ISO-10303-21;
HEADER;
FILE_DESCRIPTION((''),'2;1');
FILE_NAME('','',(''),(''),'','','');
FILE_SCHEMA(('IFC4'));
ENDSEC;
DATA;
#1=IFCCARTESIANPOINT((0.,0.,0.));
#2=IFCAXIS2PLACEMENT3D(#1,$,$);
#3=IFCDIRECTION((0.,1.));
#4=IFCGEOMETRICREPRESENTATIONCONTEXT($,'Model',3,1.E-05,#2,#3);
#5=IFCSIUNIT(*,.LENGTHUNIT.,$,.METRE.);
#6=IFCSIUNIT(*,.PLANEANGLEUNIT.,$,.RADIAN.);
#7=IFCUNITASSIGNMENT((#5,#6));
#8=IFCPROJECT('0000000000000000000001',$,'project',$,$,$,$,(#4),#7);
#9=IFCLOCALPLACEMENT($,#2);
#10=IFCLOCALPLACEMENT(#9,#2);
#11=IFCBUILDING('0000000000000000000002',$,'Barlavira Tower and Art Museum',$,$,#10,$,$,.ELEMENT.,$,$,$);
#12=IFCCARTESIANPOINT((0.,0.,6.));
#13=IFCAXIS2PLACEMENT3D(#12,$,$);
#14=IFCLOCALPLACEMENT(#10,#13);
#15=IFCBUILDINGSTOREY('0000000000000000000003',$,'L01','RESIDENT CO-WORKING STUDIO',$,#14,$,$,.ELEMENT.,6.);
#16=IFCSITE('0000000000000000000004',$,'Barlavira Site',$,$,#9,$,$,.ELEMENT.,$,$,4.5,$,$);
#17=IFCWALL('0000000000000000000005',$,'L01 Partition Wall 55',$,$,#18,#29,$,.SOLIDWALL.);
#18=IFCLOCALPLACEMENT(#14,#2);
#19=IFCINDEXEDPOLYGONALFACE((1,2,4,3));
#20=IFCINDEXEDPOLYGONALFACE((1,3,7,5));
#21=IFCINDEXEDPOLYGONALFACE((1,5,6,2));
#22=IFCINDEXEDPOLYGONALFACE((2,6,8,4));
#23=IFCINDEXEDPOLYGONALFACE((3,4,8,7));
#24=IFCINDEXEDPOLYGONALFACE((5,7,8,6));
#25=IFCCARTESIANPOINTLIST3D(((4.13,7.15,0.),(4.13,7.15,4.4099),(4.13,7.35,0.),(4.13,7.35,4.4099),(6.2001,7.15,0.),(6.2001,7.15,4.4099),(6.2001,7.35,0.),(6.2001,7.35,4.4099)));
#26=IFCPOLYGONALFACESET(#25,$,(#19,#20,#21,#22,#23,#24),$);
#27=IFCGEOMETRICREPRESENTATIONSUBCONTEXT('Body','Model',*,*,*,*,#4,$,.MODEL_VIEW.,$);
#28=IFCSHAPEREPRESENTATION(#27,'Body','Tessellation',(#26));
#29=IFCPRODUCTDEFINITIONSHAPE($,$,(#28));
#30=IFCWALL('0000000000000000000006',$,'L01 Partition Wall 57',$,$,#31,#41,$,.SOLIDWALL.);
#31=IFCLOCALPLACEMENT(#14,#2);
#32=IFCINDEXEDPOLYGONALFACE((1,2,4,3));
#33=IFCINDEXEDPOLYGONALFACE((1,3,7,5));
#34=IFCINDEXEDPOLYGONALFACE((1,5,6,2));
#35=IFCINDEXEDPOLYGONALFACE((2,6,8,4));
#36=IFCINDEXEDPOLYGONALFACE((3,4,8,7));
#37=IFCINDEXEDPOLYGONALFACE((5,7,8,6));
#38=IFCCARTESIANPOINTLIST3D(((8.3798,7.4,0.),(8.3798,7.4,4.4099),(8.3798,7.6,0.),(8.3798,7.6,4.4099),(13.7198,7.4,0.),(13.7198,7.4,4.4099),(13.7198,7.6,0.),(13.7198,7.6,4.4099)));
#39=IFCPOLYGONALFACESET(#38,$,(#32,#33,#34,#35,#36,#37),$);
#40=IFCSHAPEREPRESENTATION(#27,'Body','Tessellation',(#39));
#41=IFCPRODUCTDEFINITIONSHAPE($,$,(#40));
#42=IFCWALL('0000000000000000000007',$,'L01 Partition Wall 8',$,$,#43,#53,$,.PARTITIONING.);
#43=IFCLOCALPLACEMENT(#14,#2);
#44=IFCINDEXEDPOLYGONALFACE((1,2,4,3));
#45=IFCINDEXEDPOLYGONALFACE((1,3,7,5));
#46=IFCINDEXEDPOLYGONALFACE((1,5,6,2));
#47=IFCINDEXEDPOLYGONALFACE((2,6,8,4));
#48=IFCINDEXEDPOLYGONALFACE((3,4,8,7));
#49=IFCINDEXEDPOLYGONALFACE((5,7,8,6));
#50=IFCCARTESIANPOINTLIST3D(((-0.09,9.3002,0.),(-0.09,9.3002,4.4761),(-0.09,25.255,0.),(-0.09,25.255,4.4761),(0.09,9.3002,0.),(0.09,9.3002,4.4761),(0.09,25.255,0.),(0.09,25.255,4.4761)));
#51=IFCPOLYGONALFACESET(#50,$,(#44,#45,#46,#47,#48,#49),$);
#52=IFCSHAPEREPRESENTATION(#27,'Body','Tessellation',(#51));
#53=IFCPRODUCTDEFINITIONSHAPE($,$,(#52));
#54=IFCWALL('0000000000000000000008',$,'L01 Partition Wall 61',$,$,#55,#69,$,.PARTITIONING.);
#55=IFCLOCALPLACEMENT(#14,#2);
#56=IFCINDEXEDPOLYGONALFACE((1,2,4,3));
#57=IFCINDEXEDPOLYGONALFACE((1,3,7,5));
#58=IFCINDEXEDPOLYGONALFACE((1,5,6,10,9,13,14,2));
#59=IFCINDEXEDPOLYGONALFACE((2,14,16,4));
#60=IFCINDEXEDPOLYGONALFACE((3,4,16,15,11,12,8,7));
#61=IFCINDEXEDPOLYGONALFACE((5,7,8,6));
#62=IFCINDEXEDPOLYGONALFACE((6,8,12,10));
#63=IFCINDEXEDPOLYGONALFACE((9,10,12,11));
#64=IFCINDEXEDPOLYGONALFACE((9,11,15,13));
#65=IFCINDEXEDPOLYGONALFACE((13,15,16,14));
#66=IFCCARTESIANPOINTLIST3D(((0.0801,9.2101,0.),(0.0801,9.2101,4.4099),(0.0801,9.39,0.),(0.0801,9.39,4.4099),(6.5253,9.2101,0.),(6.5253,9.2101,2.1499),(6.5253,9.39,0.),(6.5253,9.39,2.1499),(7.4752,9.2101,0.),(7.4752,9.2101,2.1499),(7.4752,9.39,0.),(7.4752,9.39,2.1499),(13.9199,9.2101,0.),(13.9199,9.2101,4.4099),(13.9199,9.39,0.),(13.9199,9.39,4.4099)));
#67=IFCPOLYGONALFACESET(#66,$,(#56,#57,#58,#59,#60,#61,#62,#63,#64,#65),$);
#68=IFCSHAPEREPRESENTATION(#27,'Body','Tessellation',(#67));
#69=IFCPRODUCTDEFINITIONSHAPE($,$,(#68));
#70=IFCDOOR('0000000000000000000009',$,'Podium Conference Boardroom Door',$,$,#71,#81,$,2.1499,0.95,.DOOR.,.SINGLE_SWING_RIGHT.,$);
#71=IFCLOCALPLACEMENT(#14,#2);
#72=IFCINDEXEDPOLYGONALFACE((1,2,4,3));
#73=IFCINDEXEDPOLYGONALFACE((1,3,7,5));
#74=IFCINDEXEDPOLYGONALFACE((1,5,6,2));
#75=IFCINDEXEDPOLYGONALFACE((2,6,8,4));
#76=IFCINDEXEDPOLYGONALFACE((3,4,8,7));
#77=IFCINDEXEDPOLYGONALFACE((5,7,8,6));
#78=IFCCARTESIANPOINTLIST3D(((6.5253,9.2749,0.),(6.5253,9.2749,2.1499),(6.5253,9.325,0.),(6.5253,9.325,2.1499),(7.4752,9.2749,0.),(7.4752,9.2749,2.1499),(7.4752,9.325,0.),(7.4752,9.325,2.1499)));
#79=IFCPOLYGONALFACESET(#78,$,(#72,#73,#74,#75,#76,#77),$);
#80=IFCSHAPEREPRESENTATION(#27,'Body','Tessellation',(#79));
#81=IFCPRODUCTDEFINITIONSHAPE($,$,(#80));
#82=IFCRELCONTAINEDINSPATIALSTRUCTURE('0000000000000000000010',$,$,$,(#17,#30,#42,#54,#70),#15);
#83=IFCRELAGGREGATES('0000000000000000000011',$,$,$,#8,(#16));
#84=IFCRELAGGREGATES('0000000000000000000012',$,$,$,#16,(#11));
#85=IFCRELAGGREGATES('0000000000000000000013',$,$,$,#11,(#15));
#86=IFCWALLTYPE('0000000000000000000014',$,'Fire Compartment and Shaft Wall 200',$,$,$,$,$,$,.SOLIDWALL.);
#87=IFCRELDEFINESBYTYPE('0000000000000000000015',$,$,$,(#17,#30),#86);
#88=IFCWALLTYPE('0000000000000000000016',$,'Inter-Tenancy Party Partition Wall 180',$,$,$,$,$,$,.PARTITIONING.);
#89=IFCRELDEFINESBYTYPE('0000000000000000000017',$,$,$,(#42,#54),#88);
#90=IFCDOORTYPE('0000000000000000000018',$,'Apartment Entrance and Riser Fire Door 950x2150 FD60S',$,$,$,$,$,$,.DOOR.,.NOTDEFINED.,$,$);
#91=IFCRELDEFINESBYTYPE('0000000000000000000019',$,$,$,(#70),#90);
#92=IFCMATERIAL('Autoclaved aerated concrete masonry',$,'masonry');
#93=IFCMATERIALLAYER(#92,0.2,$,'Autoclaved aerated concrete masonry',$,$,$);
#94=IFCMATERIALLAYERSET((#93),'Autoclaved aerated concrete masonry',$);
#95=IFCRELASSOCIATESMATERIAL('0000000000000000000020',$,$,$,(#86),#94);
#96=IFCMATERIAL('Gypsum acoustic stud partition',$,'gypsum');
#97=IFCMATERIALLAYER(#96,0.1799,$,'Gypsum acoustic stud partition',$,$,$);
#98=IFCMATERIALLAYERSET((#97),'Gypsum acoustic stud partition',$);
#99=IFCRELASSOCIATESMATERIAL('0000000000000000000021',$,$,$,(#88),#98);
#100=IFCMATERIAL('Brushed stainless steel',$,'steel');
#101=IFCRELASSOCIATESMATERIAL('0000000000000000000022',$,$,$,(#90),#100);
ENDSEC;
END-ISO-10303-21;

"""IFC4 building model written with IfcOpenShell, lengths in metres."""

from ifc_helpers import new_model, si_unit, direction, frame, frame_2d, origin, place, context, subcontext, project, spatial, rectangle, extrude, material, layer, layer_set, type_object, element, fill, save


model = new_model("IFC4")

# Units and contexts
model_context = context("Model", 3, precision=1e-05, world=origin(), true_north=direction((0.0, 1.0)))
body_context = subcontext(model_context, "Body", "Model", "MODEL_VIEW")
ifc_project = project(units=[si_unit("LENGTHUNIT", "METRE"), si_unit("PLANEANGLEUNIT", "RADIAN")], contexts=[model_context])

# Site, building, storey
site_placement = place(None, origin())
site = spatial("IfcSite", under=ifc_project, at=site_placement, Name="Barlavira Site", CompositionType="ELEMENT", RefElevation=4.5)
building_placement = place(site_placement, origin())
building = spatial("IfcBuilding", under=site, at=building_placement, Name="Barlavira Tower and Art Museum", CompositionType="ELEMENT")
storey_placement = place(building_placement, frame((0.0, 0.0, 6.0)))
storey = spatial("IfcBuildingStorey", under=building, at=storey_placement, Name="L01", Description="RESIDENT CO-WORKING STUDIO", CompositionType="ELEMENT", Elevation=6.0)

# Walls
ifc_material_1 = material(Name="Autoclaved aerated concrete masonry", Category="masonry")
ifc_layer_1 = layer(ifc_material_1, 0.2, Name="Autoclaved aerated concrete masonry")
ifc_layer_set_1 = layer_set([ifc_layer_1], Name="Autoclaved aerated concrete masonry")
wall_type_1 = type_object("IfcWallType", Name="Fire Compartment and Shaft Wall 200", PredefinedType="SOLIDWALL", material=ifc_layer_set_1)
wall_1_placement = place(storey_placement, frame((4.1299, 7.25, 0.0), z_axis=(0.0, 0.0, 1.0), x_axis=(1.0, 0.0, 0.0)))
element("IfcWall", 1, at=wall_1_placement, inside=storey, type_object=wall_type_1, Name="L01 Partition Wall 55", PredefinedType="SOLIDWALL", context=body_context, shape_type="SweptSolid", body=[
    extrude(rectangle(XDim=2.0701, YDim=0.2, at=frame_2d((1.0352, 0.0))), origin(), (0.0, 0.0, 1.0), 4.4099),
])
wall_2_placement = place(storey_placement, frame((8.3799, 7.5, 0.0), z_axis=(0.0, 0.0, 1.0), x_axis=(1.0, 0.0, 0.0)))
element("IfcWall", 2, at=wall_2_placement, inside=storey, type_object=wall_type_1, Name="L01 Partition Wall 57", PredefinedType="SOLIDWALL", context=body_context, shape_type="SweptSolid", body=[
    extrude(rectangle(XDim=5.3401, YDim=0.2, at=frame_2d((2.6699, 0.0))), origin(), (0.0, 0.0, 1.0), 4.4099),
])
ifc_material_2 = material(Name="Gypsum acoustic stud partition", Category="gypsum")
ifc_layer_2 = layer(ifc_material_2, 0.1799, Name="Gypsum acoustic stud partition")
ifc_layer_set_2 = layer_set([ifc_layer_2], Name="Gypsum acoustic stud partition")
wall_type_2 = type_object("IfcWallType", Name="Inter-Tenancy Party Partition Wall 180", PredefinedType="PARTITIONING", material=ifc_layer_set_2)
wall_3_placement = place(storey_placement, frame((0.0, 9.3, 0.0), z_axis=(0.0, 0.0, 1.0), x_axis=(0.0, 1.0, 0.0)))
element("IfcWall", 3, at=wall_3_placement, inside=storey, type_object=wall_type_2, Name="L01 Partition Wall 8", PredefinedType="PARTITIONING", context=body_context, shape_type="SweptSolid", body=[
    extrude(rectangle(XDim=15.9548, YDim=0.1799, at=frame_2d((7.9775, 0.0))), origin(), (0.0, 0.0, 1.0), 4.4761),
])

# Wall, opening, door
wall_4_placement = place(storey_placement, frame((0.0801, 9.3, 0.0), z_axis=(0.0, 0.0, 1.0), x_axis=(1.0, 0.0, 0.0)))
wall_4 = element("IfcWall", 4, at=wall_4_placement, inside=storey, type_object=wall_type_2, Name="L01 Partition Wall 61", PredefinedType="PARTITIONING", context=body_context, shape_type="SweptSolid", body=[
    extrude(rectangle(XDim=13.8398, YDim=0.1799, at=frame_2d((6.9199, 0.0))), origin(), (0.0, 0.0, 1.0), 4.4099),
])
opening_placement = place(wall_4_placement, frame((6.4451, 0.0, 0.0)))
opening = element("IfcOpeningElement", 5, at=opening_placement, cuts=wall_4, PredefinedType="OPENING", context=body_context, shape_type="SweptSolid", body=[
    extrude(rectangle(XDim=0.95, YDim=2.1499, at=frame_2d((0.4751, 1.075))), frame((0.0, 0.1001, 0.0), z_axis=(0.0, -1.0, 0.0), x_axis=(1.0, 0.0, 0.0)), (0.0, 0.0, 1.0), 0.2),
])
ifc_material_3 = material(Name="Brushed stainless steel", Category="steel")
door_type = type_object("IfcDoorType", Name="Apartment Entrance and Riser Fire Door 950x2150 FD60S", OperationType="NOTDEFINED", PredefinedType="DOOR", material=ifc_material_3)
door_placement = place(opening_placement, origin())
door = element("IfcDoor", 6, at=door_placement, inside=storey, type_object=door_type, Name="Podium Conference Boardroom Door", OperationType="SINGLE_SWING_RIGHT", OverallHeight=2.1499, OverallWidth=0.95, PredefinedType="DOOR", context=body_context, shape_type="SweptSolid", body=[
    extrude(rectangle(XDim=0.95, YDim=2.1499, at=frame_2d((0.4751, 1.075))), frame((0.0, 0.0249, 0.0), z_axis=(0.0, -1.0, 0.0), x_axis=(1.0, 0.0, 0.0)), (0.0, 0.0, 1.0), 0.05),
])
fill(opening, door)

save(model, "model.ifc")
